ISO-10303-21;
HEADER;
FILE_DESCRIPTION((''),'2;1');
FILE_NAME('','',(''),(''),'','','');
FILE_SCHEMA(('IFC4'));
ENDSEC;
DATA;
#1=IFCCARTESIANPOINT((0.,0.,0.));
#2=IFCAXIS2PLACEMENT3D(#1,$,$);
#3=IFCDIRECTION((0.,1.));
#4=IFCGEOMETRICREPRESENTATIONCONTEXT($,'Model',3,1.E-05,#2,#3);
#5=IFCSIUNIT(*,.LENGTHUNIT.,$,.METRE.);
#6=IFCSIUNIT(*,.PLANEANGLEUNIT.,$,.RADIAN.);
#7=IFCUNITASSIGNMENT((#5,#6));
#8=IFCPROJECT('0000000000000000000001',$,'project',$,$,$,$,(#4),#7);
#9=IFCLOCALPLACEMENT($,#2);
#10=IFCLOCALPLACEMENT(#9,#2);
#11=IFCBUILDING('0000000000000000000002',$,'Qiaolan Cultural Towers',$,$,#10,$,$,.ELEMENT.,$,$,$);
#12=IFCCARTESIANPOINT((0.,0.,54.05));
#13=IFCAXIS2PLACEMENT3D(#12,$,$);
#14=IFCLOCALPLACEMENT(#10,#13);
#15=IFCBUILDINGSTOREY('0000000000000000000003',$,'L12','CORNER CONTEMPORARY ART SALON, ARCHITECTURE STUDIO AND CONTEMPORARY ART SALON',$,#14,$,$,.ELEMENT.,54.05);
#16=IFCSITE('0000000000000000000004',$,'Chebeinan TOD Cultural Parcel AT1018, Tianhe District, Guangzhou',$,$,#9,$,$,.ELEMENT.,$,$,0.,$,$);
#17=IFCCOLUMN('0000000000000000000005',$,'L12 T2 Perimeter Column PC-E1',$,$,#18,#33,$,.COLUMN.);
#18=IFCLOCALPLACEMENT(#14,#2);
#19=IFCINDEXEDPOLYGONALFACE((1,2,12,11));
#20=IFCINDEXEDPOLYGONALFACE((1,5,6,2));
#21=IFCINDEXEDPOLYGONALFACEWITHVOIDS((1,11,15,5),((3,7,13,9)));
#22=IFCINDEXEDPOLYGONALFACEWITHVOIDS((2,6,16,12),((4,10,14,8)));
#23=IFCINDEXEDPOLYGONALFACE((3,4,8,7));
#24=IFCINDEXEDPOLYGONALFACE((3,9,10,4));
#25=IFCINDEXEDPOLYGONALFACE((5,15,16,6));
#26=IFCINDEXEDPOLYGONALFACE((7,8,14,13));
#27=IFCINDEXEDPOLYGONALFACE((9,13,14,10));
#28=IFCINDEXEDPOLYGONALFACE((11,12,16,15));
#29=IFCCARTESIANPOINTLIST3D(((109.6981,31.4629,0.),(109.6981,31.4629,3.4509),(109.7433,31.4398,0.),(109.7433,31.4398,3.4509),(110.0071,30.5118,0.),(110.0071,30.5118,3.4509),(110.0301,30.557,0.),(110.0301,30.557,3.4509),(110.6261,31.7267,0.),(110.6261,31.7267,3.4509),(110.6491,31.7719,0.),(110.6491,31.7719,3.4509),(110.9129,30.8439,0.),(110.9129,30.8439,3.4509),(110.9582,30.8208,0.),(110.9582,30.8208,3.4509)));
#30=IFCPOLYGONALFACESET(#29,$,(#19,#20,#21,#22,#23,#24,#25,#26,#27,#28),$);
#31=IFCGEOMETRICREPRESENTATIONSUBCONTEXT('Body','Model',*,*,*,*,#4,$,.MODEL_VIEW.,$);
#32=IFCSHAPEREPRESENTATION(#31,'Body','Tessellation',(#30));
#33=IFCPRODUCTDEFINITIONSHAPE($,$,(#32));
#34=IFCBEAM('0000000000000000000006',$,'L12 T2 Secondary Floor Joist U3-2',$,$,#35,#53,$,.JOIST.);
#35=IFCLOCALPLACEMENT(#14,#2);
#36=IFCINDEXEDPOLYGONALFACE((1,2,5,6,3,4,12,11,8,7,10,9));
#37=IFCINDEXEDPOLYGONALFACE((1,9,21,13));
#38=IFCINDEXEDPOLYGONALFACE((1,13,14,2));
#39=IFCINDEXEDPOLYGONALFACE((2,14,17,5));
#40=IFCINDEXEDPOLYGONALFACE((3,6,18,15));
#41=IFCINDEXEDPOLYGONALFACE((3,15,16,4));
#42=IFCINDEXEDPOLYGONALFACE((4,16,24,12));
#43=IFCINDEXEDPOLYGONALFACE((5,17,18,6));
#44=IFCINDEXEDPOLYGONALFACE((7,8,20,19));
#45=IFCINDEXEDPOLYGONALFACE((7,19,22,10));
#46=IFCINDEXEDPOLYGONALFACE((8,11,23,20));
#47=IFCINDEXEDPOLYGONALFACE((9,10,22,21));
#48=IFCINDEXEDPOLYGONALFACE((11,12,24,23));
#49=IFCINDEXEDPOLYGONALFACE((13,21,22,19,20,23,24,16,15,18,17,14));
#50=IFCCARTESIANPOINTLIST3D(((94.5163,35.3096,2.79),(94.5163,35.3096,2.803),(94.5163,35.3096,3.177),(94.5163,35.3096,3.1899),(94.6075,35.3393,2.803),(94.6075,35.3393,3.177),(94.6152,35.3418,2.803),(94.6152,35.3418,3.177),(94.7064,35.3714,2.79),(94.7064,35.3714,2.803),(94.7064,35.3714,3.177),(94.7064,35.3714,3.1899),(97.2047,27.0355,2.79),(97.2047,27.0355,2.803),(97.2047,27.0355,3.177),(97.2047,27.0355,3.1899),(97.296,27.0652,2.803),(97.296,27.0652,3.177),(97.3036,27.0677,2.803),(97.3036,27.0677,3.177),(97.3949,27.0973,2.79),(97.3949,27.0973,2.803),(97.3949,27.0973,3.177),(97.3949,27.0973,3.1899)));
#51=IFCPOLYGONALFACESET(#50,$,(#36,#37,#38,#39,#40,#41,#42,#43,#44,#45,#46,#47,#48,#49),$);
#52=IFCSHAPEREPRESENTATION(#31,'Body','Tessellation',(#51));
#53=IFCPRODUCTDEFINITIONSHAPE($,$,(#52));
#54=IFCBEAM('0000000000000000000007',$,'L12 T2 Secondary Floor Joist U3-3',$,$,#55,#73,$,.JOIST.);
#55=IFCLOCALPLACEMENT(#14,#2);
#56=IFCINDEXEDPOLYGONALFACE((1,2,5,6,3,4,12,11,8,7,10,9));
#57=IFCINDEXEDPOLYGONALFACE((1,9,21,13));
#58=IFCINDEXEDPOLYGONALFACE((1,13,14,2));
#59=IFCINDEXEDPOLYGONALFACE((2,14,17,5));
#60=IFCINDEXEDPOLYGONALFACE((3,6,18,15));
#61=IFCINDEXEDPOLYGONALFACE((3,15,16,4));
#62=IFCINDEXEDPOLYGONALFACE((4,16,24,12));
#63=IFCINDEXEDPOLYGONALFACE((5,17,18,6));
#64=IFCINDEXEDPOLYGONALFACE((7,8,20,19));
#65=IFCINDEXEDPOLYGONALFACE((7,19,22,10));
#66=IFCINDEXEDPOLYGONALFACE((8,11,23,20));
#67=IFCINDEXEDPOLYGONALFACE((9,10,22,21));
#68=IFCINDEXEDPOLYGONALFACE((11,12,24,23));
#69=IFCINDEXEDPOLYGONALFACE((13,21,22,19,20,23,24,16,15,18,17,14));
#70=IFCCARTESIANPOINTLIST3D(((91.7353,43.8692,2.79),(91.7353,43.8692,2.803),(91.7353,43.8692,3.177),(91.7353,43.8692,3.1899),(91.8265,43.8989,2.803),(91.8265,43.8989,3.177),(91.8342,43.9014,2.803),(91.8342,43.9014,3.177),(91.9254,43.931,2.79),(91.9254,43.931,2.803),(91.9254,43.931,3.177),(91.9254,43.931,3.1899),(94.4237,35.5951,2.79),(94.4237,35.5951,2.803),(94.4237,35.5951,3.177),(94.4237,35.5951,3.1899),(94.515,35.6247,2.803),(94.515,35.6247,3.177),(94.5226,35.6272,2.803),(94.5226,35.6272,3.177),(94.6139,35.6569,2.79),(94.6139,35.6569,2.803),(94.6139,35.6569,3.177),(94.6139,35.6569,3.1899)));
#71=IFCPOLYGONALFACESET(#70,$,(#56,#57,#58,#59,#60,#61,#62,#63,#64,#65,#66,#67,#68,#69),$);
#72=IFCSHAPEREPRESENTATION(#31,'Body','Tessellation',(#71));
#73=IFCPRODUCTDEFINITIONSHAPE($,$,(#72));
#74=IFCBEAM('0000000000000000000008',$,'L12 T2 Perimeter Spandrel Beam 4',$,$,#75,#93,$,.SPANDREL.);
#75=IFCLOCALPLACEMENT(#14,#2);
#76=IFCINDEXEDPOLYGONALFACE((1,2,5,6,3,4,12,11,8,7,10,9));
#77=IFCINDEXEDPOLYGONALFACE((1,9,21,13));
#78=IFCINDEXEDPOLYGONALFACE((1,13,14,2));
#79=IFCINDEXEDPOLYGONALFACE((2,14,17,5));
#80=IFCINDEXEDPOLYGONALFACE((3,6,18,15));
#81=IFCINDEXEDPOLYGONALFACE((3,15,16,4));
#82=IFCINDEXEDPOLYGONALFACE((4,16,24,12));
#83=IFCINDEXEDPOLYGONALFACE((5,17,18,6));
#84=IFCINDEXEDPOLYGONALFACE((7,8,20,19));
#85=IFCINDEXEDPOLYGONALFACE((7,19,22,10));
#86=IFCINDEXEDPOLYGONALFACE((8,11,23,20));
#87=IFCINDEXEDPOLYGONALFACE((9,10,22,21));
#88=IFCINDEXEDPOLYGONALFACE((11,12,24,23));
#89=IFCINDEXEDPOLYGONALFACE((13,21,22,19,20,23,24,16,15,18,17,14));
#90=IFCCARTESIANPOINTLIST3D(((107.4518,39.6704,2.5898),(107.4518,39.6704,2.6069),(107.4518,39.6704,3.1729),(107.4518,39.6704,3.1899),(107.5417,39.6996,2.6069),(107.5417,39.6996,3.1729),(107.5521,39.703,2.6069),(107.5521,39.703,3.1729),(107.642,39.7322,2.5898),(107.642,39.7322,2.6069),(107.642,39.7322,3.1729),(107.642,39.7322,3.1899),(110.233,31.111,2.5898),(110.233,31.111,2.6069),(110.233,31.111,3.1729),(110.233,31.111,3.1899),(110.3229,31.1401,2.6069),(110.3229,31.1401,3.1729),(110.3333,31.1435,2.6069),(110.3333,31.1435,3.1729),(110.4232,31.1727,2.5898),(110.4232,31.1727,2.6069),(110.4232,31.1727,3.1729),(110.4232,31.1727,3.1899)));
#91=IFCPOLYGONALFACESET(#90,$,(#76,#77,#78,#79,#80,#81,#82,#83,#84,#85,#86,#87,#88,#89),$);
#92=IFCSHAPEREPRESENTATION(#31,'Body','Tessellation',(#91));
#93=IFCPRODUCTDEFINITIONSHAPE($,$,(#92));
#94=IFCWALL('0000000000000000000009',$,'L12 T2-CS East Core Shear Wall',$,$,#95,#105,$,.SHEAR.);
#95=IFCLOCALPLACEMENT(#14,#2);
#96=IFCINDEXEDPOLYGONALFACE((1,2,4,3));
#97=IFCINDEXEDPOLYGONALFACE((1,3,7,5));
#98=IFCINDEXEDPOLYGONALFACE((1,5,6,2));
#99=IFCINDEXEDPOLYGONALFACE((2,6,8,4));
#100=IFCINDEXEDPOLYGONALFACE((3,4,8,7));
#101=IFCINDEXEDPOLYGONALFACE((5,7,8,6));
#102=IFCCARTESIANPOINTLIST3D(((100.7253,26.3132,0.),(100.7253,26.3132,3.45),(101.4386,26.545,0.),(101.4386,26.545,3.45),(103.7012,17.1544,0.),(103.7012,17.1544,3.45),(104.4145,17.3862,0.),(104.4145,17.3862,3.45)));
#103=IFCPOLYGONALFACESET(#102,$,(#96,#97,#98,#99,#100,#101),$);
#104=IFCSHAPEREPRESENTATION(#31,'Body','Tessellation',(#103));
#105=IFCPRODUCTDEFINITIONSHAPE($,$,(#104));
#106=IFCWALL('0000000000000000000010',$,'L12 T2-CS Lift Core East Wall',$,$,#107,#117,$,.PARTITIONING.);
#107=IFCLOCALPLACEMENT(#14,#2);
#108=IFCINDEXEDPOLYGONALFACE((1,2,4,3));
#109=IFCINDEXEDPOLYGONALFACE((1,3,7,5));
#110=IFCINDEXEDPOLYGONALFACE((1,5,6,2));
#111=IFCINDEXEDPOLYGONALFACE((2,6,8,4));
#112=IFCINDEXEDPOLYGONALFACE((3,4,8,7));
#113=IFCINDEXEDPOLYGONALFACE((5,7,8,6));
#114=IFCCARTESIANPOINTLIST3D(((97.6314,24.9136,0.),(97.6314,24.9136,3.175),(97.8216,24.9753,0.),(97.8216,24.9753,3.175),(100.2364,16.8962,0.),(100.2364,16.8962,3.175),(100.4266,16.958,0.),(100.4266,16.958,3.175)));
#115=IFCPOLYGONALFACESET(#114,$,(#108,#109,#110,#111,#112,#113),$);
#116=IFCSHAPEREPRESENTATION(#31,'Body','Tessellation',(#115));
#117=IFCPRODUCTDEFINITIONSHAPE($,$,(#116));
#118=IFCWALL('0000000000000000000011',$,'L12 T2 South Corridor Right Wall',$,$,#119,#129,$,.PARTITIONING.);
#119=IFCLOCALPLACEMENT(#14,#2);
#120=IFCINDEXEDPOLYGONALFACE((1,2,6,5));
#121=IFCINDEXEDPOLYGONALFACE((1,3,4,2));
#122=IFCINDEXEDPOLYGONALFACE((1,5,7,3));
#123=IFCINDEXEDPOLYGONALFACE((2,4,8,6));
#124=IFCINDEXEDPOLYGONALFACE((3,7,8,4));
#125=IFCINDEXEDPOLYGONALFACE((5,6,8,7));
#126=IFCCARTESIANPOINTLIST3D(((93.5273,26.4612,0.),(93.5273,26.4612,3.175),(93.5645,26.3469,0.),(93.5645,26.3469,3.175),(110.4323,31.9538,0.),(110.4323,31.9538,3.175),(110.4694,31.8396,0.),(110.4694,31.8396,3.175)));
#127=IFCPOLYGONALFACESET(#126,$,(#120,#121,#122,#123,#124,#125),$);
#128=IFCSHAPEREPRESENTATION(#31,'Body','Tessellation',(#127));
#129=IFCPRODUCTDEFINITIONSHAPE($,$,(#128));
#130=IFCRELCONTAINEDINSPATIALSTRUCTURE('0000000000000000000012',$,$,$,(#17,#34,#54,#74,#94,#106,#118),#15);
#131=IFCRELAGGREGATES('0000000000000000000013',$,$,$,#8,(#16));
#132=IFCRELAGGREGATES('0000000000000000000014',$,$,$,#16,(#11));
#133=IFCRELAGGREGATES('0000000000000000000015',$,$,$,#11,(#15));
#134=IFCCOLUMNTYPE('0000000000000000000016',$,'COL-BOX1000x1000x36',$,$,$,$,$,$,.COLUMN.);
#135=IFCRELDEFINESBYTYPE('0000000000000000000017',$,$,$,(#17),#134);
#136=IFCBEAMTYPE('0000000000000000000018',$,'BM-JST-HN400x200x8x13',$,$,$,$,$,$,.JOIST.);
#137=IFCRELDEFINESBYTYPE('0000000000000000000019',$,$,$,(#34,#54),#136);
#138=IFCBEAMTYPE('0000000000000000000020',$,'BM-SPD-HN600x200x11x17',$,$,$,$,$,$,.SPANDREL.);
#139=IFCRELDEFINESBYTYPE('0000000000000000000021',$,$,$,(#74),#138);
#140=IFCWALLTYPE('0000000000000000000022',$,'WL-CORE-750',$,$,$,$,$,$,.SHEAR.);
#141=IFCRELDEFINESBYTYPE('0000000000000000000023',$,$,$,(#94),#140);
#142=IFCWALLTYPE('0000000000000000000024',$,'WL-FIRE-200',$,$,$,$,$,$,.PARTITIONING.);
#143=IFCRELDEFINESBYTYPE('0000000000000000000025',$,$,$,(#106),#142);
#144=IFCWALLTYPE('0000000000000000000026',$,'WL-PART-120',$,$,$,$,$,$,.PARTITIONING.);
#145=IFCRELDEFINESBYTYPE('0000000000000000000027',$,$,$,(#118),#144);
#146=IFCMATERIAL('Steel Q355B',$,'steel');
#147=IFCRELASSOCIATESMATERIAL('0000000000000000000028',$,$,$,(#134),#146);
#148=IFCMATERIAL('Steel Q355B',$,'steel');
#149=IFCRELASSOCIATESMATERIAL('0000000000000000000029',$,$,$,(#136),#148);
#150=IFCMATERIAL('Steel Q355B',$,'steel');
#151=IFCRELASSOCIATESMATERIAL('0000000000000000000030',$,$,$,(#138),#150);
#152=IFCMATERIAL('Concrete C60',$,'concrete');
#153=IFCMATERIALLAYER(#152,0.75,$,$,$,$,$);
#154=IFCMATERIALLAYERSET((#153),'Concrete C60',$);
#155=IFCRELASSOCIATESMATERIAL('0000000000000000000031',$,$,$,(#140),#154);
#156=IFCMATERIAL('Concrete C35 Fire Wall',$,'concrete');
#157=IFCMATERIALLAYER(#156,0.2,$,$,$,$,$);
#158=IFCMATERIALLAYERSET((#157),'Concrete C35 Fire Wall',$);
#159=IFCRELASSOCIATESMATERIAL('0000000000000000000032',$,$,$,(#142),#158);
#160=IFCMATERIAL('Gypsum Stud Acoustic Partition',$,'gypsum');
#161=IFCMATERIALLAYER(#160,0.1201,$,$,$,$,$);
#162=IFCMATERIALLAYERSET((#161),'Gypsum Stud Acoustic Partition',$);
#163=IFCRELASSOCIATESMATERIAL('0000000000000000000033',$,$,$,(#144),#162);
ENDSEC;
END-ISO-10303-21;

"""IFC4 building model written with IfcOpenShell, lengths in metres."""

from ifc_helpers import new_model, si_unit, direction, frame, frame_2d, origin, origin_2d, place, context, subcontext, project, spatial, rectangle, hollow_rectangle, i_section, extrude, material, layer, layer_set, material_profile, profile_set, type_object, element, save


model = new_model("IFC4")

# Units and contexts
model_context = context("Model", 3, precision=1e-05, world=origin(), true_north=direction((0.0, 1.0)))
body_context = subcontext(model_context, "Body", "Model", "MODEL_VIEW")
ifc_project = project(units=[si_unit("LENGTHUNIT", "METRE"), si_unit("PLANEANGLEUNIT", "RADIAN")], contexts=[model_context])

# Site, building, storey
site_placement = place(None, origin())
site = spatial("IfcSite", under=ifc_project, at=site_placement, Name="Chebeinan TOD Cultural Parcel AT1018, Tianhe District, Guangzhou", CompositionType="ELEMENT", RefElevation=0.0)
building_placement = place(site_placement, origin())
building = spatial("IfcBuilding", under=site, at=building_placement, Name="Qiaolan Cultural Towers", CompositionType="ELEMENT")
storey_placement = place(building_placement, frame((0.0, 0.0, 54.05)))
storey = spatial("IfcBuildingStorey", under=building, at=storey_placement, Name="L12", Description="CORNER CONTEMPORARY ART SALON, ARCHITECTURE STUDIO AND CONTEMPORARY ART SALON", CompositionType="ELEMENT", Elevation=54.05)

# Column
ifc_material_1 = material(Name="Steel Q355B", Category="steel")
ifc_material_profile_1 = material_profile(ifc_material_1, hollow_rectangle(XDim=1.0, YDim=1.0, WallThickness=0.0359, at=origin_2d()), Name="BOX1000x1000x36")
ifc_profile_set_1 = profile_set([ifc_material_profile_1], Name="Steel Q355B")
column_type = type_object("IfcColumnType", Name="COL-BOX1000x1000x36", PredefinedType="COLUMN", material=ifc_profile_set_1)
column_placement = place(storey_placement, frame((110.3281, 31.1418, 0.0), z_axis=(0.0, 0.0, 1.0), x_axis=(0.951057, 0.309017, 0.0)))
element("IfcColumn", 1, at=column_placement, inside=storey, type_object=column_type, Name="L12 T2 Perimeter Column PC-E1", PredefinedType="COLUMN", context=body_context, shape_type="SweptSolid", body=[
    extrude(hollow_rectangle(XDim=1.0, YDim=1.0, WallThickness=0.0359, at=origin_2d()), origin(), (0.0, 0.0, 1.0), 3.4509),
])

# Beams
ifc_material_2 = material(Name="Steel Q355B", Category="steel")
ifc_material_profile_2 = material_profile(ifc_material_2, i_section(OverallWidth=0.2, OverallDepth=0.3999, WebThickness=0.0081, FlangeThickness=0.0129, at=origin_2d()), Name="HN400x200x8x13")
ifc_profile_set_2 = profile_set([ifc_material_profile_2], Name="Steel Q355B")
beam_type_1 = type_object("IfcBeamType", Name="BM-JST-HN400x200x8x13", PredefinedType="JOIST", material=ifc_profile_set_2)
for number, where, z_axis, x_axis, name in (
    (2, (97.2998, 27.0664, 2.99), (-0.309021, 0.951055, 0.0), (-0.951055, -0.309021, 0.0), "L12 T2 Secondary Floor Joist U3-2"),
    (3, (94.5188, 35.626, 2.99), (-0.309021, 0.951055, 0.0), (-0.951055, -0.309021, 0.0), "L12 T2 Secondary Floor Joist U3-3"),
):
    element("IfcBeam", number, at=place(storey_placement, frame(where, z_axis=z_axis, x_axis=x_axis)), inside=storey, type_object=beam_type_1, Name=name, PredefinedType="JOIST", context=body_context, shape_type="SweptSolid", body=[
        extrude(i_section(OverallWidth=0.2, OverallDepth=0.3999, WebThickness=0.0081, FlangeThickness=0.0129, at=origin_2d()), origin(), (0.0, 0.0, 1.0), 8.7),
    ])
ifc_material_3 = material(Name="Steel Q355B", Category="steel")
ifc_material_profile_3 = material_profile(ifc_material_3, i_section(OverallWidth=0.2, OverallDepth=0.6001, WebThickness=0.011, FlangeThickness=0.0171, at=origin_2d()), Name="HN600x200x11x17")
ifc_profile_set_3 = profile_set([ifc_material_profile_3], Name="Steel Q355B")
beam_type_2 = type_object("IfcBeamType", Name="BM-SPD-HN600x200x11x17", PredefinedType="SPANDREL", material=ifc_profile_set_3)
beam_placement = place(storey_placement, frame((110.3281, 31.1418, 2.8899), z_axis=(-0.309025, 0.951054, 0.0), x_axis=(-0.951054, -0.309025, 0.0)))
element("IfcBeam", 4, at=beam_placement, inside=storey, type_object=beam_type_2, Name="L12 T2 Perimeter Spandrel Beam 4", PredefinedType="SPANDREL", context=body_context, shape_type="SweptSolid", body=[
    extrude(i_section(OverallWidth=0.2, OverallDepth=0.6001, WebThickness=0.011, FlangeThickness=0.0171, at=origin_2d()), origin(), (0.0, 0.0, 1.0), 9.0),
])

# Walls
ifc_material_4 = material(Name="Concrete C60", Category="concrete")
ifc_layer_1 = layer(ifc_material_4, 0.75)
ifc_layer_set_1 = layer_set([ifc_layer_1], Name="Concrete C60")
wall_type_1 = type_object("IfcWallType", Name="WL-CORE-750", PredefinedType="SHEAR", material=ifc_layer_set_1)
wall_1_placement = place(storey_placement, frame((101.082, 26.429, 0.0), z_axis=(0.0, 0.0, 1.0), x_axis=(0.309016, -0.951057, 0.0)))
element("IfcWall", 5, at=wall_1_placement, inside=storey, type_object=wall_type_1, Name="L12 T2-CS East Core Shear Wall", PredefinedType="SHEAR", context=body_context, shape_type="SweptSolid", body=[
    extrude(rectangle(XDim=9.6301, YDim=0.75, at=frame_2d((4.8149, 0.0))), origin(), (0.0, 0.0, 1.0), 3.45),
])
ifc_material_5 = material(Name="Concrete C35 Fire Wall", Category="concrete")
ifc_layer_2 = layer(ifc_material_5, 0.2)
ifc_layer_set_2 = layer_set([ifc_layer_2], Name="Concrete C35 Fire Wall")
wall_type_2 = type_object("IfcWallType", Name="WL-FIRE-200", PredefinedType="PARTITIONING", material=ifc_layer_set_2)
wall_2_placement = place(storey_placement, frame((97.7266, 24.9443, 0.0), z_axis=(0.0, 0.0, 1.0), x_axis=(0.309016, -0.951057, 0.0)))
element("IfcWall", 6, at=wall_2_placement, inside=storey, type_object=wall_type_2, Name="L12 T2-CS Lift Core East Wall", PredefinedType="PARTITIONING", context=body_context, shape_type="SweptSolid", body=[
    extrude(rectangle(XDim=8.4299, YDim=0.2, at=frame_2d((4.2148, 0.0))), origin(), (0.0, 0.0, 1.0), 3.175),
])
ifc_material_6 = material(Name="Gypsum Stud Acoustic Partition", Category="gypsum")
ifc_layer_3 = layer(ifc_material_6, 0.1201)
ifc_layer_set_3 = layer_set([ifc_layer_3], Name="Gypsum Stud Acoustic Partition")
wall_type_3 = type_object("IfcWallType", Name="WL-PART-120", PredefinedType="PARTITIONING", material=ifc_layer_set_3)
wall_3_placement = place(storey_placement, frame((93.5459, 26.4041, 0.0), z_axis=(0.0, 0.0, 1.0), x_axis=(0.951058, 0.309012, 0.0)))
element("IfcWall", 7, at=wall_3_placement, inside=storey, type_object=wall_type_3, Name="L12 T2 South Corridor Right Wall", PredefinedType="PARTITIONING", context=body_context, shape_type="SweptSolid", body=[
    extrude(rectangle(XDim=17.7749, YDim=0.1201, at=frame_2d((8.8875, 0.0))), origin(), (0.0, 0.0, 1.0), 3.175),
])

save(model, "model.ifc")
